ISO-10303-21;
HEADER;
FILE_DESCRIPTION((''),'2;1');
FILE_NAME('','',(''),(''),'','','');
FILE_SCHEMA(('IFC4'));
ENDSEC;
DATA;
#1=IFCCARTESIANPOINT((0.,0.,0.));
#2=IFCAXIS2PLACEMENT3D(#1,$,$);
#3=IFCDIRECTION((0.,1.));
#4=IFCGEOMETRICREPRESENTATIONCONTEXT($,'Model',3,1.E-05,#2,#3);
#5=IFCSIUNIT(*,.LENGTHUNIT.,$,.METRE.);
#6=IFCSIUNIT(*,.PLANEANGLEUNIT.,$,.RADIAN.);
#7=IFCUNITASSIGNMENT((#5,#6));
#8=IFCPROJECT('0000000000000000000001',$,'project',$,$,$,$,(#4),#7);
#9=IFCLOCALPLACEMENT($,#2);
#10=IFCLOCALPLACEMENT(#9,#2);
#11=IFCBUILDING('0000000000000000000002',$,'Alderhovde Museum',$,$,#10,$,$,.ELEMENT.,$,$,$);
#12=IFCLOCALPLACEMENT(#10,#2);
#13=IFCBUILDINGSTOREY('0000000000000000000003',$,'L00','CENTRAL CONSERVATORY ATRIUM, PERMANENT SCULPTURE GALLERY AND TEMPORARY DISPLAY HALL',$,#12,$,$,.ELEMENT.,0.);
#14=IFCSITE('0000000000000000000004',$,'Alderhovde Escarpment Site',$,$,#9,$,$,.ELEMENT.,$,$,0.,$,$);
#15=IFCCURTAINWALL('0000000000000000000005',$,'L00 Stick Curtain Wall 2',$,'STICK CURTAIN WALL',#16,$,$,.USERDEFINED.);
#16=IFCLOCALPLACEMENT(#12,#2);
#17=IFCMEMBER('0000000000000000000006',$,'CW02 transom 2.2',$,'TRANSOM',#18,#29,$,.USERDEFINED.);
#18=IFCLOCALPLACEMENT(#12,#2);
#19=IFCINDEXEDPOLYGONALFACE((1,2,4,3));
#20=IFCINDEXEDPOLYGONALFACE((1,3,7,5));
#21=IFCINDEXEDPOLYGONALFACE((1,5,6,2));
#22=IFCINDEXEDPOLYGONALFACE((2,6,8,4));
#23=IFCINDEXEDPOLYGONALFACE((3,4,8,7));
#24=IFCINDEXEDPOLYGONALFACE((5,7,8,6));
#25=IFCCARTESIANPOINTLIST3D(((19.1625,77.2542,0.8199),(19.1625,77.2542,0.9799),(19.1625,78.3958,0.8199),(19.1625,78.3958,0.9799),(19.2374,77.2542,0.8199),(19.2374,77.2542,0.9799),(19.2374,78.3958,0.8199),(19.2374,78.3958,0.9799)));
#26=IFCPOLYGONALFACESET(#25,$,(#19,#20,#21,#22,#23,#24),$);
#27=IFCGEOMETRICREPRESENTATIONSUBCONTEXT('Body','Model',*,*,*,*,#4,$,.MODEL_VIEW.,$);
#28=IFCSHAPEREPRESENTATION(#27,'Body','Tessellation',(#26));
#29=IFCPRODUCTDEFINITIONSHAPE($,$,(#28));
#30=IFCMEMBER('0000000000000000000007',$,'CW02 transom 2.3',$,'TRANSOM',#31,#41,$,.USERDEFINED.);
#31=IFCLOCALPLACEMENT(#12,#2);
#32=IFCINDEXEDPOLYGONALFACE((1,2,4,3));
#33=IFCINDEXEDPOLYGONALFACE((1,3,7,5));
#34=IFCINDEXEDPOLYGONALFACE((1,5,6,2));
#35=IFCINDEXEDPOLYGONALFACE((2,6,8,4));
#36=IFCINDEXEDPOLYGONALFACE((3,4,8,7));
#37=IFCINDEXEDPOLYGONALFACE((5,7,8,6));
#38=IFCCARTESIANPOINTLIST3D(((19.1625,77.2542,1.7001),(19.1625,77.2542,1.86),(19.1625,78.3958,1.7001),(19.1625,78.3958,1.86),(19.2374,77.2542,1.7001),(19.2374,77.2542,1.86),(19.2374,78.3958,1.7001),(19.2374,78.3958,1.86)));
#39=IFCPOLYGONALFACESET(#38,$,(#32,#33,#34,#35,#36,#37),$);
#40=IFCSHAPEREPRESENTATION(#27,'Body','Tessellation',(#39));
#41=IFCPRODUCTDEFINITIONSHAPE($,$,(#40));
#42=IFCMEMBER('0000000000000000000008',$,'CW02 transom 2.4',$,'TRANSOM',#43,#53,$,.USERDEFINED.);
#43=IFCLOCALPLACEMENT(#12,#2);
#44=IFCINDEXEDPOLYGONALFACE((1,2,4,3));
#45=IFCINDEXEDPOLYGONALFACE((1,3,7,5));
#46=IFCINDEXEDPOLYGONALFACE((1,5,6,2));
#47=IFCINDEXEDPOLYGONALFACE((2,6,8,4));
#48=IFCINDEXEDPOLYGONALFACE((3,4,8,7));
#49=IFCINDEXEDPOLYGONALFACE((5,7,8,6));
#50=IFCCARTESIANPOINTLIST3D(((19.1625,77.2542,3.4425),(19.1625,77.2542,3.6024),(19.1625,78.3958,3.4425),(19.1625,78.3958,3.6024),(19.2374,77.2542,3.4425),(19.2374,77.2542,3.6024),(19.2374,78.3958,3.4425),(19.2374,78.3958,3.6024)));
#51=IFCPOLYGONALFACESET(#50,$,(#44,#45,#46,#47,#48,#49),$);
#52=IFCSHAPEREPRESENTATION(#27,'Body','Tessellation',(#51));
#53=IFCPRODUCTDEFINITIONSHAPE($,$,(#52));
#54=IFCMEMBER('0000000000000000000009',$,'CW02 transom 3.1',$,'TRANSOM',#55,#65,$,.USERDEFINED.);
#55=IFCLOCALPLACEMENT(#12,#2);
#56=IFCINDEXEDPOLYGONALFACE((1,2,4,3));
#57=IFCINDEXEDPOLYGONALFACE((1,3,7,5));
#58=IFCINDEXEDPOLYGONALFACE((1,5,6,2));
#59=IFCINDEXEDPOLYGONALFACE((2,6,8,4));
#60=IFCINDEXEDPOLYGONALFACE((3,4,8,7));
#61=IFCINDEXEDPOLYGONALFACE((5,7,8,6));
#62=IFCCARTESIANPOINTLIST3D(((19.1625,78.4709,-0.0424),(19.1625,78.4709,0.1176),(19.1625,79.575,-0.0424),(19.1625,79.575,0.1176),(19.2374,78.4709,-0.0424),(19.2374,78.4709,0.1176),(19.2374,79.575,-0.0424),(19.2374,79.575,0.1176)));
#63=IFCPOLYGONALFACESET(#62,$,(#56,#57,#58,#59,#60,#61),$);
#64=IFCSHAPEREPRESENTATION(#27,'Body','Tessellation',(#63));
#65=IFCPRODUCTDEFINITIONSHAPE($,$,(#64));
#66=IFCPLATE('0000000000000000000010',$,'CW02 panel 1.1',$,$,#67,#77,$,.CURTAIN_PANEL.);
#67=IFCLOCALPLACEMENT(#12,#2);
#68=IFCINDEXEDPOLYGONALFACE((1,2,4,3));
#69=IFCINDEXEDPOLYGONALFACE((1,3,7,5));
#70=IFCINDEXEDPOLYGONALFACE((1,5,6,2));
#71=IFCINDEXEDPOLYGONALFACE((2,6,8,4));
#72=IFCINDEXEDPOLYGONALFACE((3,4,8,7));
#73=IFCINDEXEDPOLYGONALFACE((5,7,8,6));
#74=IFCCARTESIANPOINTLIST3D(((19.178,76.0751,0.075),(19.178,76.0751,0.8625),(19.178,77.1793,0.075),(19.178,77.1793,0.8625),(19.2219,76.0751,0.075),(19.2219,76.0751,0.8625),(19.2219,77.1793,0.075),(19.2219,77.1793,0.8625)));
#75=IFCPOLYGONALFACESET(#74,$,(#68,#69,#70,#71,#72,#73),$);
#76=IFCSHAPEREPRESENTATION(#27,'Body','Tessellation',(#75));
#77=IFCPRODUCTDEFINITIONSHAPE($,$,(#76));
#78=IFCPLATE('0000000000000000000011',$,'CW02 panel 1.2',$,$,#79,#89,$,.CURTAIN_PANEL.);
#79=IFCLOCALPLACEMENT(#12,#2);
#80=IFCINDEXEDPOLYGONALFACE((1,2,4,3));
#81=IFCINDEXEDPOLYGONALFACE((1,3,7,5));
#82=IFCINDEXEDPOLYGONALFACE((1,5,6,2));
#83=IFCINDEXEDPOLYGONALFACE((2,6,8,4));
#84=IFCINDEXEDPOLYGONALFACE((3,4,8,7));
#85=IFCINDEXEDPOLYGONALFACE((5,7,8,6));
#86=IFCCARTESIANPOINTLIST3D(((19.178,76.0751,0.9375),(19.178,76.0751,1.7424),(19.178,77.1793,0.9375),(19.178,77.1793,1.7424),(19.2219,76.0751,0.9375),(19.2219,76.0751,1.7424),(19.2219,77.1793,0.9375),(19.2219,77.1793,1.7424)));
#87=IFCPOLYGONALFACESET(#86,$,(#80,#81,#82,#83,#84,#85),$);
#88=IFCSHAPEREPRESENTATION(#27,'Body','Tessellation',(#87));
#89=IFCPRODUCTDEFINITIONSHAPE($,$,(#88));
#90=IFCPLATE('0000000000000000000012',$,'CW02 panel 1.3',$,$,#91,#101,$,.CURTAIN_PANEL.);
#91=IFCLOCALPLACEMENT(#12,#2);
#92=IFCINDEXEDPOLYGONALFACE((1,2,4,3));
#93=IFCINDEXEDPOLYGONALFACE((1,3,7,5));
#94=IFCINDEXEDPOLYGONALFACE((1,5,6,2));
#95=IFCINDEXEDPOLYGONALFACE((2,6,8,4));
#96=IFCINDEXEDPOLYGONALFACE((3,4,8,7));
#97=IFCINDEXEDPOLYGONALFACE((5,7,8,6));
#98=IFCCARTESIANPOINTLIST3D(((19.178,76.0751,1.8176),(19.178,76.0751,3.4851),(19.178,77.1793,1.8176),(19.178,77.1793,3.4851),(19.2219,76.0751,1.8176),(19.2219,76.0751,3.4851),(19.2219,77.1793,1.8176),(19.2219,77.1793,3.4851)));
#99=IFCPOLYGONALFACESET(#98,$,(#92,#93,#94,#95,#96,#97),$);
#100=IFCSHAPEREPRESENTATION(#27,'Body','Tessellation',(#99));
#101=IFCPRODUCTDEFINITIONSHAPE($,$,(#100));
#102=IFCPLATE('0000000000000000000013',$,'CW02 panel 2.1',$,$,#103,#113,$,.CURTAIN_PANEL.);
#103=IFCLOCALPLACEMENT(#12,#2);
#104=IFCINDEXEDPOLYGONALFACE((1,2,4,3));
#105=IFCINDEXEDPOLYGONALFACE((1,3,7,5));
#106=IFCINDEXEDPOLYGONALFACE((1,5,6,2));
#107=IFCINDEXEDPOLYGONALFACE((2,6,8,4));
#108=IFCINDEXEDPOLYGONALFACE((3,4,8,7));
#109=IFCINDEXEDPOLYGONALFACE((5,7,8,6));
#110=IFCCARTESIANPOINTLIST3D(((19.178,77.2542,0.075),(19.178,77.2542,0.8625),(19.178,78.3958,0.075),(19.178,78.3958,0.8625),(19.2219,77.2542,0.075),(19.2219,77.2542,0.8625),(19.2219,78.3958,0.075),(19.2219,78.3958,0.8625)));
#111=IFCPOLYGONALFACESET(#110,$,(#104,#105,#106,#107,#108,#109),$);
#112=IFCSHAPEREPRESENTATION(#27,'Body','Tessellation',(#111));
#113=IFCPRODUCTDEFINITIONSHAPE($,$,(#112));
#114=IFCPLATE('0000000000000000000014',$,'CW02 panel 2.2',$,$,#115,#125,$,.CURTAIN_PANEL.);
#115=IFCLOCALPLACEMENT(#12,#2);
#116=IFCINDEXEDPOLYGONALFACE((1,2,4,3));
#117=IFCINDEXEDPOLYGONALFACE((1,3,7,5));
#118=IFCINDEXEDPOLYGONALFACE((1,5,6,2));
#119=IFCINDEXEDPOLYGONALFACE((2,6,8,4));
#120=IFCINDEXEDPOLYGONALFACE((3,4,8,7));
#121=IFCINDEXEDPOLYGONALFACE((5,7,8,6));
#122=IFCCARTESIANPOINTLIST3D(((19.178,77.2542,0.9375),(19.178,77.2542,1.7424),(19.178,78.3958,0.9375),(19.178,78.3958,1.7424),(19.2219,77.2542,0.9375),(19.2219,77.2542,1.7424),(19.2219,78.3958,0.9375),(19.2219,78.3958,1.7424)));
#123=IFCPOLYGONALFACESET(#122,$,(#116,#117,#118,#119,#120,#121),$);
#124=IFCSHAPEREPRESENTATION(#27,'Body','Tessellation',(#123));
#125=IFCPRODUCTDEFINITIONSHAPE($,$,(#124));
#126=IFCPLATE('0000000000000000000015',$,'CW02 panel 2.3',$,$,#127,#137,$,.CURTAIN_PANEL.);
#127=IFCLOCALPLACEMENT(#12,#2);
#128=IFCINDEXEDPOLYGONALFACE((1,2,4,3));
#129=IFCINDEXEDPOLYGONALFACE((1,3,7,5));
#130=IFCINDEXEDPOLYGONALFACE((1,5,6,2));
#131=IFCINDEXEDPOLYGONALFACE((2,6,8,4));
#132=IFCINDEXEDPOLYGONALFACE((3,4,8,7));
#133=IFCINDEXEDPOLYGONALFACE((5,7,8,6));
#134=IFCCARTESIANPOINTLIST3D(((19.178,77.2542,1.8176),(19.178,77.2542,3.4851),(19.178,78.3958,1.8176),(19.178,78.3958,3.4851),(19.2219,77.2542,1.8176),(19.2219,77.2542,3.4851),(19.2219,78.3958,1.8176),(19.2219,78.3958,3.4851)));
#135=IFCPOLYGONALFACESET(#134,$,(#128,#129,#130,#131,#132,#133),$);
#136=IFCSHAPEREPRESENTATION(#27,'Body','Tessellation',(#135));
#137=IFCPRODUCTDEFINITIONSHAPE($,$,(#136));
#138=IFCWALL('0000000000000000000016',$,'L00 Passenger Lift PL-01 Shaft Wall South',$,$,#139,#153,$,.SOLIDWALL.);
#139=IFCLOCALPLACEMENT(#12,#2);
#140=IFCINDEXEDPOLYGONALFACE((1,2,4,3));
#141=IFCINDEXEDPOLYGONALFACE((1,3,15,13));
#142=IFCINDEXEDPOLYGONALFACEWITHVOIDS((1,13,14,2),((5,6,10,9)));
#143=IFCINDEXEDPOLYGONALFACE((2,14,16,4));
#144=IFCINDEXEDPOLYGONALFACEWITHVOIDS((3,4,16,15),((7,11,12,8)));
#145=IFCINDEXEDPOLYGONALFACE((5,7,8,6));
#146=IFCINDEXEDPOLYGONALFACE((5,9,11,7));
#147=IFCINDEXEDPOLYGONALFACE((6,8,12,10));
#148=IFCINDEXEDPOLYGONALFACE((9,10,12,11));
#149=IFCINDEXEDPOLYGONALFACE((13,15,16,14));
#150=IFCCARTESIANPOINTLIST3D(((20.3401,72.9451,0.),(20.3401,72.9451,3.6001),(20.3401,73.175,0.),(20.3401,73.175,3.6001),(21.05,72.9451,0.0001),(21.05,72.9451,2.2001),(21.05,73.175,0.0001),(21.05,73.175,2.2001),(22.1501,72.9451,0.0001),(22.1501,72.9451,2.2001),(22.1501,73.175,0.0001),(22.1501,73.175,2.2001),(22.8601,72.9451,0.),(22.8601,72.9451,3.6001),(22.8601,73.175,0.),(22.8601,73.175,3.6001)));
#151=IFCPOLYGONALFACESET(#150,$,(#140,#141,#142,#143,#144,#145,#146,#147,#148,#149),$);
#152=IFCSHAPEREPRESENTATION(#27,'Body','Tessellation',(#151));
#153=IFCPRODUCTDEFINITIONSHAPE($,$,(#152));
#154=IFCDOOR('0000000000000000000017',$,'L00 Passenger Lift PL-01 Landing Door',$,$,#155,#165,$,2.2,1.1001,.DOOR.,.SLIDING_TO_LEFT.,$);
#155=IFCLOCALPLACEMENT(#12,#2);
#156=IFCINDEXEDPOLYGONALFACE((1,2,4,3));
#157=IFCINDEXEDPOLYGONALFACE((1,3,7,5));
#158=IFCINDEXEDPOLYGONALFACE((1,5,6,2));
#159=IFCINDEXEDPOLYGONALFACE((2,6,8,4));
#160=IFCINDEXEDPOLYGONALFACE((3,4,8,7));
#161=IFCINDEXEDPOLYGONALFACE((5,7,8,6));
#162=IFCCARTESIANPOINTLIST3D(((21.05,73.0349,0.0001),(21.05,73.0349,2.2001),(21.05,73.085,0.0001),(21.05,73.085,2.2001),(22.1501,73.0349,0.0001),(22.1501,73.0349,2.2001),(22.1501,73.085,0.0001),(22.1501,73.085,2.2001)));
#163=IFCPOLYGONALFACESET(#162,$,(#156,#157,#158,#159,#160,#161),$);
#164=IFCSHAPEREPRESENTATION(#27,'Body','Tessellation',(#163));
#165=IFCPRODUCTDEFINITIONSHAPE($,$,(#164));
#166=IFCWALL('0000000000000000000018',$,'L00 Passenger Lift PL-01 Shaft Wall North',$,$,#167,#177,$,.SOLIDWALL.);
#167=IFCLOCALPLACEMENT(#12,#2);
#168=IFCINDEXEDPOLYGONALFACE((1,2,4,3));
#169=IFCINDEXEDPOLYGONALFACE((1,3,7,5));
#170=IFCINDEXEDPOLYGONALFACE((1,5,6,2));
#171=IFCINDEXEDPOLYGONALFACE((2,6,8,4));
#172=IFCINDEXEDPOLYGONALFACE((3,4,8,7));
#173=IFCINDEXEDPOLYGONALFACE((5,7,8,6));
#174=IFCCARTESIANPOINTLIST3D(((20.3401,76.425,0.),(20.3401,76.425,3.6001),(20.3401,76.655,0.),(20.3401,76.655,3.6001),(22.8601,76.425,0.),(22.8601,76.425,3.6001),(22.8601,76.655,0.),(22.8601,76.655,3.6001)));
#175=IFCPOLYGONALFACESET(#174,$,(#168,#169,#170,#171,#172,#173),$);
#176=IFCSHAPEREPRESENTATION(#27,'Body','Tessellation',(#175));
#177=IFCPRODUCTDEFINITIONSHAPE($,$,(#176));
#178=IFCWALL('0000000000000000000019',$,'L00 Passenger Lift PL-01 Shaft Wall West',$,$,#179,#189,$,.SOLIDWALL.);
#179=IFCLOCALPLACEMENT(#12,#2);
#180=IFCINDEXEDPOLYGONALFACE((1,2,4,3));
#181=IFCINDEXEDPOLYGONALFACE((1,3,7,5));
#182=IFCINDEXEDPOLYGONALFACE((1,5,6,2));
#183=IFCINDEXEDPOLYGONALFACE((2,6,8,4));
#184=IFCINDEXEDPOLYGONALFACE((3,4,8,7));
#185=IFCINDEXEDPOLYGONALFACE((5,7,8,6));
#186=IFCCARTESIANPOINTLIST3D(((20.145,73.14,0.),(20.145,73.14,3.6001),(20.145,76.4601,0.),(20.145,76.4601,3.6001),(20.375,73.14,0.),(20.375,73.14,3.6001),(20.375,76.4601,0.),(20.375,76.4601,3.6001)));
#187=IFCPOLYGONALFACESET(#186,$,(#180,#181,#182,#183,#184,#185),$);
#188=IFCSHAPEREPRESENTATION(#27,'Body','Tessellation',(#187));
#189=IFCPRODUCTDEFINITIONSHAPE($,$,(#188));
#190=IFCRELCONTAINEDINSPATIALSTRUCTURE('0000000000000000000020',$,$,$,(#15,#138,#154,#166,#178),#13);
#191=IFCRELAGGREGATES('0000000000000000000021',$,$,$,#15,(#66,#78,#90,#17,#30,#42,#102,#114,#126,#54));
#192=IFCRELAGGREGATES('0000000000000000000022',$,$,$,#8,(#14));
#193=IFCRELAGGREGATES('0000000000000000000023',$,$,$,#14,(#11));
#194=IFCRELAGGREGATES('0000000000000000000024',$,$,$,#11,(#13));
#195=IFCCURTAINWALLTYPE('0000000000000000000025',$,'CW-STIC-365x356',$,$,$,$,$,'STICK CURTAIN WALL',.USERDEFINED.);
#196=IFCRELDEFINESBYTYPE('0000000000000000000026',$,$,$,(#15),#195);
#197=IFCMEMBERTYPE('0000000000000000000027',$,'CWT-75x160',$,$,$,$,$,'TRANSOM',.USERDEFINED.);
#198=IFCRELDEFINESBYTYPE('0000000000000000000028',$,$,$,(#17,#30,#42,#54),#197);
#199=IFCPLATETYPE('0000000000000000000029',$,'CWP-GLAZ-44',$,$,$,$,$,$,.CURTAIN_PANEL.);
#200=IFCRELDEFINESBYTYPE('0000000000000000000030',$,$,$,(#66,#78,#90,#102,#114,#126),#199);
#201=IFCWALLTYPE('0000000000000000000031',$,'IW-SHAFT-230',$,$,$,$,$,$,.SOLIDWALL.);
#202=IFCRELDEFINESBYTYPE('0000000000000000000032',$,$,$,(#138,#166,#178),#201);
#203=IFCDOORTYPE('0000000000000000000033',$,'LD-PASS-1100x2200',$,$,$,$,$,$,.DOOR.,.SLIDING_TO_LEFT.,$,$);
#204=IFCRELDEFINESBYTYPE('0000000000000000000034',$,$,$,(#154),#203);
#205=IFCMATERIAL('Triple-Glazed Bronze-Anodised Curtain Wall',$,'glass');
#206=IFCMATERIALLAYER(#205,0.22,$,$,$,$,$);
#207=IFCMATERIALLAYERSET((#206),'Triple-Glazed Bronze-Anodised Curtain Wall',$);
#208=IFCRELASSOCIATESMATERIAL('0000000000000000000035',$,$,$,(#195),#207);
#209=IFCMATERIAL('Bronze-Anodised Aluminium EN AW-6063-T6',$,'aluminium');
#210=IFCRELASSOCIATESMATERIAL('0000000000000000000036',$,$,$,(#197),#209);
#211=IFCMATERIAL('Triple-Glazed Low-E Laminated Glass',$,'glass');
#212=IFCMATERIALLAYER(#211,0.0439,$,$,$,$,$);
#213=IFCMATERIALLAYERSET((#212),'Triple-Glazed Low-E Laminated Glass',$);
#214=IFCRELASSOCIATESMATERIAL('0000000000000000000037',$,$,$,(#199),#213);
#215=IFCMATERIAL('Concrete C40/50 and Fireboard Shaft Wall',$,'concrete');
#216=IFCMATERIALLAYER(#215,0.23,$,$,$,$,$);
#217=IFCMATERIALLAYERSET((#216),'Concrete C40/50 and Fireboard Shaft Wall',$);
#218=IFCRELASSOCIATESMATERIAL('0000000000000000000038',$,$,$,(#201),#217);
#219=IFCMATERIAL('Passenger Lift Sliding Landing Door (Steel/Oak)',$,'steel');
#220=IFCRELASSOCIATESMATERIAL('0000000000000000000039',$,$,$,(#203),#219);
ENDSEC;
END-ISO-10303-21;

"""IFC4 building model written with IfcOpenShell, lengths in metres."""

from ifc_helpers import new_model, si_unit, direction, frame, frame_2d, origin, origin_2d, place, context, subcontext, project, spatial, rectangle, extrude, material, layer, layer_set, material_profile, profile_set, type_object, element, fill, aggregate, save


model = new_model("IFC4")

# Units and contexts
model_context = context("Model", 3, precision=1e-05, world=origin(), true_north=direction((0.0, 1.0)))
body_context = subcontext(model_context, "Body", "Model", "MODEL_VIEW")
ifc_project = project(units=[si_unit("LENGTHUNIT", "METRE"), si_unit("PLANEANGLEUNIT", "RADIAN")], contexts=[model_context])

# Site, building, storey
site_placement = place(None, origin())
site = spatial("IfcSite", under=ifc_project, at=site_placement, Name="Alderhovde Escarpment Site", CompositionType="ELEMENT", RefElevation=0.0)
building_placement = place(site_placement, origin())
building = spatial("IfcBuilding", under=site, at=building_placement, Name="Alderhovde Museum", CompositionType="ELEMENT")
storey_placement = place(building_placement, origin())
storey = spatial("IfcBuildingStorey", under=building, at=storey_placement, Name="L00", Description="CENTRAL CONSERVATORY ATRIUM, PERMANENT SCULPTURE GALLERY AND TEMPORARY DISPLAY HALL", CompositionType="ELEMENT", Elevation=0.0)

# Curtain wall, members, plates
ifc_material_1 = material(Name="Triple-Glazed Bronze-Anodised Curtain Wall", Category="glass")
ifc_layer_1 = layer(ifc_material_1, 0.22)
ifc_layer_set_1 = layer_set([ifc_layer_1], Name="Triple-Glazed Bronze-Anodised Curtain Wall")
curtain_wall_type = type_object("IfcCurtainWallType", Name="CW-STIC-365x356", ElementType="STICK CURTAIN WALL", PredefinedType="USERDEFINED", material=ifc_layer_set_1)
curtain_wall_placement = place(storey_placement, origin())
curtain_wall = element("IfcCurtainWall", 1, at=curtain_wall_placement, inside=storey, type_object=curtain_wall_type, Name="L00 Stick Curtain Wall 2", ObjectType="STICK CURTAIN WALL", PredefinedType="USERDEFINED")
ifc_material_2 = material(Name="Bronze-Anodised Aluminium EN AW-6063-T6", Category="aluminium")
ifc_material_profile_1 = material_profile(ifc_material_2, rectangle(XDim=0.075, YDim=0.1599, at=origin_2d()), Name="TRANSOM 75x160")
ifc_profile_set_1 = profile_set([ifc_material_profile_1], Name="Bronze-Anodised Aluminium EN AW-6063-T6")
member_type_1 = type_object("IfcMemberType", Name="CWT-75x160", ElementType="TRANSOM", PredefinedType="USERDEFINED", material=ifc_profile_set_1)
member_1_placement = place(storey_placement, frame((19.2, 77.2542, 0.8999), z_axis=(0.0, 1.0, 0.0), x_axis=(-1.0, 0.0, 0.0)))
member_1 = element("IfcMember", 2, at=member_1_placement, type_object=member_type_1, Name="CW02 transom 2.2", ObjectType="TRANSOM", PredefinedType="USERDEFINED", context=body_context, shape_type="SweptSolid", body=[
    extrude(rectangle(XDim=0.075, YDim=0.1599, at=origin_2d()), origin(), (0.0, 0.0, 1.0), 1.1416),
])
member_2_placement = place(storey_placement, frame((19.2, 77.2542, 1.78), z_axis=(0.0, 1.0, 0.0), x_axis=(-1.0, 0.0, 0.0)))
member_2 = element("IfcMember", 3, at=member_2_placement, type_object=member_type_1, Name="CW02 transom 2.3", ObjectType="TRANSOM", PredefinedType="USERDEFINED", context=body_context, shape_type="SweptSolid", body=[
    extrude(rectangle(XDim=0.075, YDim=0.1599, at=origin_2d()), origin(), (0.0, 0.0, 1.0), 1.1416),
])
member_3_placement = place(storey_placement, frame((19.2, 77.2542, 3.5225), z_axis=(0.0, 1.0, 0.0), x_axis=(-1.0, 0.0, 0.0)))
member_3 = element("IfcMember", 4, at=member_3_placement, type_object=member_type_1, Name="CW02 transom 2.4", ObjectType="TRANSOM", PredefinedType="USERDEFINED", context=body_context, shape_type="SweptSolid", body=[
    extrude(rectangle(XDim=0.075, YDim=0.1599, at=origin_2d()), origin(), (0.0, 0.0, 1.0), 1.1416),
])
member_4_placement = place(storey_placement, frame((19.2, 78.4709, 0.0376), z_axis=(0.0, 1.0, 0.0), x_axis=(-1.0, 0.0, 0.0)))
member_4 = element("IfcMember", 5, at=member_4_placement, type_object=member_type_1, Name="CW02 transom 3.1", ObjectType="TRANSOM", PredefinedType="USERDEFINED", context=body_context, shape_type="SweptSolid", body=[
    extrude(rectangle(XDim=0.075, YDim=0.1599, at=origin_2d()), origin(), (0.0, 0.0, 1.0), 1.104),
])
ifc_material_3 = material(Name="Triple-Glazed Low-E Laminated Glass", Category="glass")
ifc_layer_2 = layer(ifc_material_3, 0.0439)
ifc_layer_set_2 = layer_set([ifc_layer_2], Name="Triple-Glazed Low-E Laminated Glass")
plate_type = type_object("IfcPlateType", Name="CWP-GLAZ-44", PredefinedType="CURTAIN_PANEL", material=ifc_layer_set_2)
plate_1_placement = place(storey_placement, frame((19.2, 76.6272, 0.075), z_axis=(0.0, 0.0, 1.0), x_axis=(0.0, 1.0, 0.0)))
plate_1 = element("IfcPlate", 6, at=plate_1_placement, type_object=plate_type, Name="CW02 panel 1.1", PredefinedType="CURTAIN_PANEL", context=body_context, shape_type="SweptSolid", body=[
    extrude(rectangle(XDim=1.1042, YDim=0.0439, at=origin_2d()), origin(), (0.0, 0.0, 1.0), 0.7876),
])
plate_2_placement = place(storey_placement, frame((19.2, 76.6272, 0.9375), z_axis=(0.0, 0.0, 1.0), x_axis=(0.0, 1.0, 0.0)))
plate_2 = element("IfcPlate", 7, at=plate_2_placement, type_object=plate_type, Name="CW02 panel 1.2", PredefinedType="CURTAIN_PANEL", context=body_context, shape_type="SweptSolid", body=[
    extrude(rectangle(XDim=1.1042, YDim=0.0439, at=origin_2d()), origin(), (0.0, 0.0, 1.0), 0.8049),
])
plate_3_placement = place(storey_placement, frame((19.2, 76.6272, 1.8176), z_axis=(0.0, 0.0, 1.0), x_axis=(0.0, 1.0, 0.0)))
plate_3 = element("IfcPlate", 8, at=plate_3_placement, type_object=plate_type, Name="CW02 panel 1.3", PredefinedType="CURTAIN_PANEL", context=body_context, shape_type="SweptSolid", body=[
    extrude(rectangle(XDim=1.1042, YDim=0.0439, at=origin_2d()), origin(), (0.0, 0.0, 1.0), 1.6675),
])
plate_4_placement = place(storey_placement, frame((19.2, 77.825, 0.075), z_axis=(0.0, 0.0, 1.0), x_axis=(0.0, 1.0, 0.0)))
plate_4 = element("IfcPlate", 9, at=plate_4_placement, type_object=plate_type, Name="CW02 panel 2.1", PredefinedType="CURTAIN_PANEL", context=body_context, shape_type="SweptSolid", body=[
    extrude(rectangle(XDim=1.1416, YDim=0.0439, at=origin_2d()), origin(), (0.0, 0.0, 1.0), 0.7876),
])
plate_5_placement = place(storey_placement, frame((19.2, 77.825, 0.9375), z_axis=(0.0, 0.0, 1.0), x_axis=(0.0, 1.0, 0.0)))
plate_5 = element("IfcPlate", 10, at=plate_5_placement, type_object=plate_type, Name="CW02 panel 2.2", PredefinedType="CURTAIN_PANEL", context=body_context, shape_type="SweptSolid", body=[
    extrude(rectangle(XDim=1.1416, YDim=0.0439, at=origin_2d()), origin(), (0.0, 0.0, 1.0), 0.8049),
])
plate_6_placement = place(storey_placement, frame((19.2, 77.825, 1.8176), z_axis=(0.0, 0.0, 1.0), x_axis=(0.0, 1.0, 0.0)))
plate_6 = element("IfcPlate", 11, at=plate_6_placement, type_object=plate_type, Name="CW02 panel 2.3", PredefinedType="CURTAIN_PANEL", context=body_context, shape_type="SweptSolid", body=[
    extrude(rectangle(XDim=1.1416, YDim=0.0439, at=origin_2d()), origin(), (0.0, 0.0, 1.0), 1.6675),
])
aggregate(curtain_wall, [plate_1, plate_2, plate_3, member_1, member_2, member_3, plate_4, plate_5, plate_6, member_4])

# Wall, opening, door
ifc_material_4 = material(Name="Concrete C40/50 and Fireboard Shaft Wall", Category="concrete")
ifc_layer_3 = layer(ifc_material_4, 0.23)
ifc_layer_set_3 = layer_set([ifc_layer_3], Name="Concrete C40/50 and Fireboard Shaft Wall")
wall_type = type_object("IfcWallType", Name="IW-SHAFT-230", PredefinedType="SOLIDWALL", material=ifc_layer_set_3)
wall_1_placement = place(storey_placement, frame((20.3401, 73.0601, 0.0), z_axis=(0.0, 0.0, 1.0), x_axis=(1.0, 0.0, 0.0)))
wall_1 = element("IfcWall", 12, at=wall_1_placement, inside=storey, type_object=wall_type, Name="L00 Passenger Lift PL-01 Shaft Wall South", PredefinedType="SOLIDWALL", context=body_context, shape_type="SweptSolid", body=[
    extrude(rectangle(XDim=2.52, YDim=0.23, at=frame_2d((1.26, 0.0))), origin(), (0.0, 0.0, 1.0), 3.6001),
])
opening_placement = place(wall_1_placement, frame((0.71, 0.0, 0.0)))
opening = element("IfcOpeningElement", 13, at=opening_placement, cuts=wall_1, PredefinedType="OPENING", context=body_context, shape_type="SweptSolid", body=[
    extrude(rectangle(XDim=1.1001, YDim=2.2, at=frame_2d((0.55, 1.1001))), frame((0.0, 0.125, 0.0), z_axis=(0.0, -1.0, 0.0), x_axis=(1.0, 0.0, 0.0)), (0.0, 0.0, 1.0), 0.25),
])
ifc_material_5 = material(Name="Passenger Lift Sliding Landing Door (Steel/Oak)", Category="steel")
door_type = type_object("IfcDoorType", Name="LD-PASS-1100x2200", OperationType="SLIDING_TO_LEFT", PredefinedType="DOOR", material=ifc_material_5)
door_placement = place(opening_placement, origin())
door = element("IfcDoor", 14, at=door_placement, inside=storey, type_object=door_type, Name="L00 Passenger Lift PL-01 Landing Door", OperationType="SLIDING_TO_LEFT", OverallHeight=2.2, OverallWidth=1.1001, PredefinedType="DOOR", context=body_context, shape_type="SweptSolid", body=[
    extrude(rectangle(XDim=1.1001, YDim=2.2, at=frame_2d((0.55, 1.1001))), frame((0.0, 0.0249, 0.0), z_axis=(0.0, -1.0, 0.0), x_axis=(1.0, 0.0, 0.0)), (0.0, 0.0, 1.0), 0.05),
])
fill(opening, door)

# Walls
wall_2_placement = place(storey_placement, frame((20.3401, 76.54, 0.0), z_axis=(0.0, 0.0, 1.0), x_axis=(1.0, 0.0, 0.0)))
element("IfcWall", 15, at=wall_2_placement, inside=storey, type_object=wall_type, Name="L00 Passenger Lift PL-01 Shaft Wall North", PredefinedType="SOLIDWALL", context=body_context, shape_type="SweptSolid", body=[
    extrude(rectangle(XDim=2.52, YDim=0.23, at=frame_2d((1.26, 0.0))), origin(), (0.0, 0.0, 1.0), 3.6001),
])
for number, where, z_axis, x_axis, name in (
    (16, (20.26, 73.1399, 0.0), (0.0, 0.0, 1.0), (0.0, 1.0, 0.0), "L00 Passenger Lift PL-01 Shaft Wall West"),
):
    element("IfcWall", number, at=place(storey_placement, frame(where, z_axis=z_axis, x_axis=x_axis)), inside=storey, type_object=wall_type, Name=name, PredefinedType="SOLIDWALL", context=body_context, shape_type="SweptSolid", body=[
        extrude(rectangle(XDim=3.3201, YDim=0.23, at=frame_2d((1.6602, 0.0))), origin(), (0.0, 0.0, 1.0), 3.6001),
    ])

save(model, "model.ifc")
